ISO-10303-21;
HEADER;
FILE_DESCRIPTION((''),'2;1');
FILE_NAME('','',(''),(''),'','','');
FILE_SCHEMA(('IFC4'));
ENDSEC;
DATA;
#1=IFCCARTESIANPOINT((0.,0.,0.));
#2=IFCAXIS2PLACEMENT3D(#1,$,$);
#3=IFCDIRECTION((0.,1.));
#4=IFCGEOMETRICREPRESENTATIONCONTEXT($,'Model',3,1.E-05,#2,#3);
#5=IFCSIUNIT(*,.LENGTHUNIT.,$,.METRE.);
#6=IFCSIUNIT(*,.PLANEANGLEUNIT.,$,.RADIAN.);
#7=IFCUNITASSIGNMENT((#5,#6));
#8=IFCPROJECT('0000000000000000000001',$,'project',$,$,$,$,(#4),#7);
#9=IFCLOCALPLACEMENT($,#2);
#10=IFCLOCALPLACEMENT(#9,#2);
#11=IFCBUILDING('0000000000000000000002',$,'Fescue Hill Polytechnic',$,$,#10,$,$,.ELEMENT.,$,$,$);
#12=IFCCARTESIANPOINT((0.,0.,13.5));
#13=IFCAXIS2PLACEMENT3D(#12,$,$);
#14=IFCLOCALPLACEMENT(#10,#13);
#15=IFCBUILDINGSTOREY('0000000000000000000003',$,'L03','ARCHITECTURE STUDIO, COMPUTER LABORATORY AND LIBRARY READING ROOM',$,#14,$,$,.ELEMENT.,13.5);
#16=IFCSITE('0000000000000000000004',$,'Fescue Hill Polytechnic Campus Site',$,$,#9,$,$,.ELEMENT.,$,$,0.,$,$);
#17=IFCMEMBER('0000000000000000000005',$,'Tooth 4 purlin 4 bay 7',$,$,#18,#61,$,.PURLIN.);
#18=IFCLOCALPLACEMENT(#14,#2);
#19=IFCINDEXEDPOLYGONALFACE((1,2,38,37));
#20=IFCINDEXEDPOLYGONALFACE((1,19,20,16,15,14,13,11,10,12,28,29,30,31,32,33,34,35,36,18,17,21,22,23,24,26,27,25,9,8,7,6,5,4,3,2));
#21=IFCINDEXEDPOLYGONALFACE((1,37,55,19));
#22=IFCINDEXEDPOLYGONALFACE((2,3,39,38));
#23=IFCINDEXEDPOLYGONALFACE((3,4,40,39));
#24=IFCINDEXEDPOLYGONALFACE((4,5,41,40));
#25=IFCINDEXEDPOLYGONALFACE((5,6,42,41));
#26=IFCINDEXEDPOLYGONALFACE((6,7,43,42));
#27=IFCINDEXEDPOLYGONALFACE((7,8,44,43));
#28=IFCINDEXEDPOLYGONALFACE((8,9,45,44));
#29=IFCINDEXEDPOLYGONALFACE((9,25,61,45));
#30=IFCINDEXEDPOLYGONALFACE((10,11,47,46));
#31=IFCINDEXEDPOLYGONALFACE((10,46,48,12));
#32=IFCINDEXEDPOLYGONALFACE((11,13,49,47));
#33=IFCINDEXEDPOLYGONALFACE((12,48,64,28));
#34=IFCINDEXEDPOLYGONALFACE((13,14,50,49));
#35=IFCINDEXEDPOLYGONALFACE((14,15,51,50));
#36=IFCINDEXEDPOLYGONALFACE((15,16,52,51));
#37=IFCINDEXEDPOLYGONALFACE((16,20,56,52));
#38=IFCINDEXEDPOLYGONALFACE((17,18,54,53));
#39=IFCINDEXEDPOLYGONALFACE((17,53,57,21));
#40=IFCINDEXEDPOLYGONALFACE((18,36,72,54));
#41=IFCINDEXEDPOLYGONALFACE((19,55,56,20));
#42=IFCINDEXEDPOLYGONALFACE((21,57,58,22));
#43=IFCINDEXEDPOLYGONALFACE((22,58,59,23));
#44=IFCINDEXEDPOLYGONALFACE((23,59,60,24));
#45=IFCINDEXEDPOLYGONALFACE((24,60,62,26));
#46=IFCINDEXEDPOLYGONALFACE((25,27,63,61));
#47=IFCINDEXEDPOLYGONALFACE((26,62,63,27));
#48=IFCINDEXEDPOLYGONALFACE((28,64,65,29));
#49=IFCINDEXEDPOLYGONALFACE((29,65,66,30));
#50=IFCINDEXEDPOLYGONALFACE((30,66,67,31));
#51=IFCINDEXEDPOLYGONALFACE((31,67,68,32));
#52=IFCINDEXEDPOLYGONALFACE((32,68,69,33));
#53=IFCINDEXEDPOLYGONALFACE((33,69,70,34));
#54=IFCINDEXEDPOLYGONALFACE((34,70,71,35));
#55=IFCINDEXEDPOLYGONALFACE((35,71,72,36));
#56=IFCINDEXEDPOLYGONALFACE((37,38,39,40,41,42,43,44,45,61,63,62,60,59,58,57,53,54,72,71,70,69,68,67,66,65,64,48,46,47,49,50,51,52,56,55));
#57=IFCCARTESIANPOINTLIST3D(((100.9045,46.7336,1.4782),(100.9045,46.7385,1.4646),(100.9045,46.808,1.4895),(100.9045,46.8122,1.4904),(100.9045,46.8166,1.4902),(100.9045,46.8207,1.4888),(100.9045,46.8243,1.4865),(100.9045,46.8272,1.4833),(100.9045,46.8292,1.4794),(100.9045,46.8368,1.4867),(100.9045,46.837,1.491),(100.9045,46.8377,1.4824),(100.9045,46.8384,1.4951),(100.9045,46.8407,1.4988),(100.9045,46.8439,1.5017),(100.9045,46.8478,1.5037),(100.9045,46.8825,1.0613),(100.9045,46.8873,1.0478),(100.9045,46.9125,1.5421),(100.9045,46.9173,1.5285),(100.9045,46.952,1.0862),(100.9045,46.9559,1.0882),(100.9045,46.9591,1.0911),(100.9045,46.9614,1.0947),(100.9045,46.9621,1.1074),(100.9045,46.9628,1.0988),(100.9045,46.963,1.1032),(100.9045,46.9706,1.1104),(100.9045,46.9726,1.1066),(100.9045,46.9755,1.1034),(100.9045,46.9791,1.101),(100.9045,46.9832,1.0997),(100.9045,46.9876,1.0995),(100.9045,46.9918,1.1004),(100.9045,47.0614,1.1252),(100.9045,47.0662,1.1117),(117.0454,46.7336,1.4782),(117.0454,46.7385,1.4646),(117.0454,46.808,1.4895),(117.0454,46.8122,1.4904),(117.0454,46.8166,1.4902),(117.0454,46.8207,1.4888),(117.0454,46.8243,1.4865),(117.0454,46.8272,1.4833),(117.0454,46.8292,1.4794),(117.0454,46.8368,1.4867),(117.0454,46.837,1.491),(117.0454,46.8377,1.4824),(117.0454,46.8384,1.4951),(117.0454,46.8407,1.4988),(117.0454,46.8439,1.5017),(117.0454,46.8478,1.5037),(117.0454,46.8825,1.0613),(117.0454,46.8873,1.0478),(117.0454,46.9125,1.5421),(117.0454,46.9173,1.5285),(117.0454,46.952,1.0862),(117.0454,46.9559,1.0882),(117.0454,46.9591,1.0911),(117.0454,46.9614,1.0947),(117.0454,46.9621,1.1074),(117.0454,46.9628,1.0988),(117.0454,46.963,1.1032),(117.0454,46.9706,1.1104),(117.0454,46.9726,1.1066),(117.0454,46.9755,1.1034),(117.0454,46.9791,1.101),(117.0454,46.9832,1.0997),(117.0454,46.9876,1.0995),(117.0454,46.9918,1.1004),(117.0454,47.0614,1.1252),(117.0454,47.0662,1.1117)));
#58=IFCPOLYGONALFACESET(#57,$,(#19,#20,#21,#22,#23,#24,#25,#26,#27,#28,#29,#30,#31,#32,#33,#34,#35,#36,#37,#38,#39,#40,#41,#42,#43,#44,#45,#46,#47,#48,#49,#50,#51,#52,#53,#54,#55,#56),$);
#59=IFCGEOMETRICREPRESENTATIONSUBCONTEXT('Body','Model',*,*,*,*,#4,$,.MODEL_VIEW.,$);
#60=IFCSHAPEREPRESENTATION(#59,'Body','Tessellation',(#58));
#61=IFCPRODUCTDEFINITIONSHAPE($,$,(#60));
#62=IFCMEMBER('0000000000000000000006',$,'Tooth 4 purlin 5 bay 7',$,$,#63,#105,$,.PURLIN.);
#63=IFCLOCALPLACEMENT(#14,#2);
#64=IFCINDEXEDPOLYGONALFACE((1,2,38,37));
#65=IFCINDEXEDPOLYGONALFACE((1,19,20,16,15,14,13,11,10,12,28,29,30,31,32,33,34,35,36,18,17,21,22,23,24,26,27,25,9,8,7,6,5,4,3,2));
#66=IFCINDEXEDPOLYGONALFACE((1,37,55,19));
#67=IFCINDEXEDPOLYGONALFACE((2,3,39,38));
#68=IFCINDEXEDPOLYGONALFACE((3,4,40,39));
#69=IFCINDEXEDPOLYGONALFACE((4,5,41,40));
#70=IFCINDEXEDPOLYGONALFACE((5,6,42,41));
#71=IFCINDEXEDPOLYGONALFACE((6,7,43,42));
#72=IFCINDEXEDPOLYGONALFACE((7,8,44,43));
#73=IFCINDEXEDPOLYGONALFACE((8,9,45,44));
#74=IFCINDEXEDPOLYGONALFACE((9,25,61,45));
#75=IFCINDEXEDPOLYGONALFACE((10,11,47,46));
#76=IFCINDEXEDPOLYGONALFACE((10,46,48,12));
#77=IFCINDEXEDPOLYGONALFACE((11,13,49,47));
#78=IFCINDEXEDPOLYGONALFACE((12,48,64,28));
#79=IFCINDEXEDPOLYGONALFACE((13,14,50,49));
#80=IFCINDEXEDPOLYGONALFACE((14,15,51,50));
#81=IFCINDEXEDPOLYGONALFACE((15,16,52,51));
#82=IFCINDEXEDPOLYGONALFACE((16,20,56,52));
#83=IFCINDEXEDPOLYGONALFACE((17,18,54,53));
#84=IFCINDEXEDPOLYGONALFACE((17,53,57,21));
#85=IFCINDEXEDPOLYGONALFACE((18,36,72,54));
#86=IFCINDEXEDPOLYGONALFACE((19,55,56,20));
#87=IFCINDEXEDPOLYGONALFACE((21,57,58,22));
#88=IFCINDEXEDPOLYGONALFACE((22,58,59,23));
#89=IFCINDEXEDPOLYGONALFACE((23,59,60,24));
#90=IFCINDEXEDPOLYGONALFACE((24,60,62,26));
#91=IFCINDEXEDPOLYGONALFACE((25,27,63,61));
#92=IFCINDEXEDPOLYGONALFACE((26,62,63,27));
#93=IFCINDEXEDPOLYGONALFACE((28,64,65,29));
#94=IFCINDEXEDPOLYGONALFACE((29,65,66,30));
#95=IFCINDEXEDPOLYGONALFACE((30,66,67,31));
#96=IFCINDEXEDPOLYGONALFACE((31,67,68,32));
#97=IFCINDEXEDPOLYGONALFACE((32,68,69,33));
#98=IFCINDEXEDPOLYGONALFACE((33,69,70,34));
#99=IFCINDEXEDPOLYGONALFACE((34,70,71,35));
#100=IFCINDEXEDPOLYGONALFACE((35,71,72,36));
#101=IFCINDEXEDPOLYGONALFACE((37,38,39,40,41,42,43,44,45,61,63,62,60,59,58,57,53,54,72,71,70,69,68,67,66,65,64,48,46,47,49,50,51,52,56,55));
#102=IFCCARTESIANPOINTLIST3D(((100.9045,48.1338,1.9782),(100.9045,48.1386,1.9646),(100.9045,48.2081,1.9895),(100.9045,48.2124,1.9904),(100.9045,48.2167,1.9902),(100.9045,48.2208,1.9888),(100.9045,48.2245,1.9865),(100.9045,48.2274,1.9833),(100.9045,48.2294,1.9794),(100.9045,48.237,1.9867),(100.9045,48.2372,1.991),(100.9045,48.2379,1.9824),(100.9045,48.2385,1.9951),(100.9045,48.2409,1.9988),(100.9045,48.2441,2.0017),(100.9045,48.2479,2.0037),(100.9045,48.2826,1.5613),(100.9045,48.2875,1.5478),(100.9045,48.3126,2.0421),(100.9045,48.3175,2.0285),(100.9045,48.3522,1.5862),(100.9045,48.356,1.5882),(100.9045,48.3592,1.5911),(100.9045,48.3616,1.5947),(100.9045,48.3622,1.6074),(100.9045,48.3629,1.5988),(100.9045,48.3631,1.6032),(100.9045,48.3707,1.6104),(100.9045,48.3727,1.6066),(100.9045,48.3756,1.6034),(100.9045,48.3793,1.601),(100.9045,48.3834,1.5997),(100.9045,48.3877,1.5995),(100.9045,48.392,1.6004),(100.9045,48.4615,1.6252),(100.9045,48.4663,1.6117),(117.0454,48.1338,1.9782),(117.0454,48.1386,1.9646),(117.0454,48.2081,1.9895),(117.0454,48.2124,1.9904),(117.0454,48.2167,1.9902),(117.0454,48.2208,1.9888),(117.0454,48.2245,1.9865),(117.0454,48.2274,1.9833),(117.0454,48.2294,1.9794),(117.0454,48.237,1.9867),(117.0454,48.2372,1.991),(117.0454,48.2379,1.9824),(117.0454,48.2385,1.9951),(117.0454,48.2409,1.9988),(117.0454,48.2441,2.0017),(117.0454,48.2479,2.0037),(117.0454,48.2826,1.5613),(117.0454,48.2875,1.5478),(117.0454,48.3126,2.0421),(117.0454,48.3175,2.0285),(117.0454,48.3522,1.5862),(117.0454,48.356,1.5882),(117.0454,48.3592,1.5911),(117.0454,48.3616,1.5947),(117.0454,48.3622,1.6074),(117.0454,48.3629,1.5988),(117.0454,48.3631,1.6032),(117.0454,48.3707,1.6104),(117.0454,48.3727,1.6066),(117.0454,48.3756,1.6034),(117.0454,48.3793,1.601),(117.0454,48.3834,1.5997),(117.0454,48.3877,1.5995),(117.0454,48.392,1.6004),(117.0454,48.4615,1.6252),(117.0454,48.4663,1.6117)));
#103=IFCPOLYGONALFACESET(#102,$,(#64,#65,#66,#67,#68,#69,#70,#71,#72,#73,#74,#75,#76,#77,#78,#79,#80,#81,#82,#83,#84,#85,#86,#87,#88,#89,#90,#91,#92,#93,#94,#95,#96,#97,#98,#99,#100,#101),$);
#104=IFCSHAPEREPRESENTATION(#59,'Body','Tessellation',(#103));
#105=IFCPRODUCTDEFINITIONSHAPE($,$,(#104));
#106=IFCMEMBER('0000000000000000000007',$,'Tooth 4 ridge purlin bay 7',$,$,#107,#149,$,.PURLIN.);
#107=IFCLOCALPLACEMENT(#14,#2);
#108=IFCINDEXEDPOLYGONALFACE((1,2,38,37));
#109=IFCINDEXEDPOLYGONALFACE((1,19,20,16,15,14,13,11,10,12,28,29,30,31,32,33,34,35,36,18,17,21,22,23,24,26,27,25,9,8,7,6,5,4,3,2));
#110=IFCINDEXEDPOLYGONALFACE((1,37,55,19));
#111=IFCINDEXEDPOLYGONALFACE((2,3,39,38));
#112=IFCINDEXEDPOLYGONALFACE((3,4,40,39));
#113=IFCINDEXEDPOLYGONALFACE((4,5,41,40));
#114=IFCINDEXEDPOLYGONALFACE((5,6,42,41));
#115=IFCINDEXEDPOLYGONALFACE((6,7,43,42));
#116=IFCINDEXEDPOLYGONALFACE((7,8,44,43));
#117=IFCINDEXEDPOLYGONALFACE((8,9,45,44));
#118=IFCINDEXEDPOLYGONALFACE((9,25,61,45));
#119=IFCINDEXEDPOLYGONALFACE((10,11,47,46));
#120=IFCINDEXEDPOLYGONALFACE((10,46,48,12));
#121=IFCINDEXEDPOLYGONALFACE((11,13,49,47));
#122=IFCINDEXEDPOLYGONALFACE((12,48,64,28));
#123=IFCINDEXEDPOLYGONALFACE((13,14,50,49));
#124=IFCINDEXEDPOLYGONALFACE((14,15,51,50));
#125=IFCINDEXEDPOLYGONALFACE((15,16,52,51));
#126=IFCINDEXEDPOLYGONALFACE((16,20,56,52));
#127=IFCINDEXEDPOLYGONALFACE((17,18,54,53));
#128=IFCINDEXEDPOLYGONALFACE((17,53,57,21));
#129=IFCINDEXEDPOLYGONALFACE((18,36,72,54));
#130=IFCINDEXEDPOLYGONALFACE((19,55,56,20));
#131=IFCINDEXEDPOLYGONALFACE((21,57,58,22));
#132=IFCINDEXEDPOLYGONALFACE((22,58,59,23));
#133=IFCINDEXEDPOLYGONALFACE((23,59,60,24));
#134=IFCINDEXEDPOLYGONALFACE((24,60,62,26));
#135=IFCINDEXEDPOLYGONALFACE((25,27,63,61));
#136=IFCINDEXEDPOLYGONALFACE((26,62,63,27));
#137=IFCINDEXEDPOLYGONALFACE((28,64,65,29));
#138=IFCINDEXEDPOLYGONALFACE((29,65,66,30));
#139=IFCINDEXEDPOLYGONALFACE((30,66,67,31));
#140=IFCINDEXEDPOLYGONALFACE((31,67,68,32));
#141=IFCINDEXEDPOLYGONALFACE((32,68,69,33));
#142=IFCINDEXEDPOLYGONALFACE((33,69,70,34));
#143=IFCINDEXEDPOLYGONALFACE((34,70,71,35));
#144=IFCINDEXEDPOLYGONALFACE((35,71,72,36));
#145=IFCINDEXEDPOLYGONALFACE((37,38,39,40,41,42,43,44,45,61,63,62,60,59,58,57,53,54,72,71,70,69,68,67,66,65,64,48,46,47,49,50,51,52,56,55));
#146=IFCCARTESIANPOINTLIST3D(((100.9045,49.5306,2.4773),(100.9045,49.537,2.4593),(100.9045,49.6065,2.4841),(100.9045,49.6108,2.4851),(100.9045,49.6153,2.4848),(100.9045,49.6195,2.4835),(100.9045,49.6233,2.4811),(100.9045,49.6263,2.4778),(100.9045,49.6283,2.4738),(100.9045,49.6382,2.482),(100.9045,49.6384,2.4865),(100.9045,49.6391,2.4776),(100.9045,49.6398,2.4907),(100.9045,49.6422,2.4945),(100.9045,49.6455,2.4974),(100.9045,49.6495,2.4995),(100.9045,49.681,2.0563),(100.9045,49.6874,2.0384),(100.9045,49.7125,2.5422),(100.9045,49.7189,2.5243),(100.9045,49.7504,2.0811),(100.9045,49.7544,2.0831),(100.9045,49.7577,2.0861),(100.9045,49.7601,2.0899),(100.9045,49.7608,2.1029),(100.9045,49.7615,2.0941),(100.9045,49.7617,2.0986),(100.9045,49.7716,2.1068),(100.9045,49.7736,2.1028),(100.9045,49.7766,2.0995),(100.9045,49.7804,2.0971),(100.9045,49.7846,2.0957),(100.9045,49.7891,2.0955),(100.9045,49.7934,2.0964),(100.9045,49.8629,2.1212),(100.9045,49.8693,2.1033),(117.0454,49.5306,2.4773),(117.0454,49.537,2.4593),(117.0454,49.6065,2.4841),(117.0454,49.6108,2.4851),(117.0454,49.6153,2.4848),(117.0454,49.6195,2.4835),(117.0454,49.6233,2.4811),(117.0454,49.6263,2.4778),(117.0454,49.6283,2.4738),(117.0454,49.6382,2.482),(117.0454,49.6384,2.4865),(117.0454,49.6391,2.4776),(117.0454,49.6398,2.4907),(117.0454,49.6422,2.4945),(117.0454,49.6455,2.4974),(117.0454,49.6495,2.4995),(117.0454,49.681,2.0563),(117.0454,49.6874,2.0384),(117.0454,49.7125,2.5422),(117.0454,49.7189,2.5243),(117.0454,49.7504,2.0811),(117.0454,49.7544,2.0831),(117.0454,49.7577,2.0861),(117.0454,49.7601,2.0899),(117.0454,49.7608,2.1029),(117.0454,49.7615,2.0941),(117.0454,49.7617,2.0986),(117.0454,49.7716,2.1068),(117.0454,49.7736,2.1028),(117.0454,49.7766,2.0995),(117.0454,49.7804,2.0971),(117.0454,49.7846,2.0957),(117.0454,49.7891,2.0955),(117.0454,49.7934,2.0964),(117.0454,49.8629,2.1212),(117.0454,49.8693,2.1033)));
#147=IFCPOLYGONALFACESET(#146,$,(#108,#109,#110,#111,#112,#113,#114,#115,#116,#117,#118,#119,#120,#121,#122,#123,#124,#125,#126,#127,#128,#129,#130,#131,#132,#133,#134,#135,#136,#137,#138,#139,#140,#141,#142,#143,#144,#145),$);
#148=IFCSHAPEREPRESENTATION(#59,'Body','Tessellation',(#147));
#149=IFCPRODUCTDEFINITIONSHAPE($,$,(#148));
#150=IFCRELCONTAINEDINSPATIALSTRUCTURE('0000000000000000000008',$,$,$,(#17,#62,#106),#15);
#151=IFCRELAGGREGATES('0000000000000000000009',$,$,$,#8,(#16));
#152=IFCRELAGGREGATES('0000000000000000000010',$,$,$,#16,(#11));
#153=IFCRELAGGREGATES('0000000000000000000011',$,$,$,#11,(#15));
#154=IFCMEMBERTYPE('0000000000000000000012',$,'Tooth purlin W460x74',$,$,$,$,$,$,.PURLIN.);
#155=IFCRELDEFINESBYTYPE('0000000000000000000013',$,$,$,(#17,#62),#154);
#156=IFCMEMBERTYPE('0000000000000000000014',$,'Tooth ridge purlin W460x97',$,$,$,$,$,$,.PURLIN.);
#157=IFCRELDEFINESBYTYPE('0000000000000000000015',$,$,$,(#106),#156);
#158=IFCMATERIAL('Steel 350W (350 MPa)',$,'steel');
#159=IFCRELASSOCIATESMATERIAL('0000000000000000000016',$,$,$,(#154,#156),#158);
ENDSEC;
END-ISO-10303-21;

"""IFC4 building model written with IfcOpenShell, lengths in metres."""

from ifc_helpers import new_model, si_unit, direction, frame, origin, origin_2d, place, context, subcontext, project, spatial, i_section, extrude, material, material_profile, profile_set, type_object, element, save


model = new_model("IFC4")

# Units and contexts
model_context = context("Model", 3, precision=1e-05, world=origin(), true_north=direction((0.0, 1.0)))
body_context = subcontext(model_context, "Body", "Model", "MODEL_VIEW")
ifc_project = project(units=[si_unit("LENGTHUNIT", "METRE"), si_unit("PLANEANGLEUNIT", "RADIAN")], contexts=[model_context])

# Site, building, storey
site_placement = place(None, origin())
site = spatial("IfcSite", under=ifc_project, at=site_placement, Name="Fescue Hill Polytechnic Campus Site", CompositionType="ELEMENT", RefElevation=0.0)
building_placement = place(site_placement, origin())
building = spatial("IfcBuilding", under=site, at=building_placement, Name="Fescue Hill Polytechnic", CompositionType="ELEMENT")
storey_placement = place(building_placement, frame((0.0, 0.0, 13.5)))
storey = spatial("IfcBuildingStorey", under=building, at=storey_placement, Name="L03", Description="ARCHITECTURE STUDIO, COMPUTER LABORATORY AND LIBRARY READING ROOM", CompositionType="ELEMENT", Elevation=13.5)

# Members
ifc_material_1 = material(Name="Steel 350W (350 MPa)", Category="steel")
ifc_material_profile_1 = material_profile(ifc_material_1, i_section(OverallWidth=0.1899, OverallDepth=0.457, WebThickness=0.009, FlangeThickness=0.0144, FilletRadius=0.0166, at=origin_2d()), Name="W460x74")
ifc_profile_set_1 = profile_set([ifc_material_profile_1], Name="Steel 350W (350 MPa)")
member_type_1 = type_object("IfcMemberType", Name="Tooth purlin W460x74", PredefinedType="PURLIN", material=ifc_profile_set_1)
for number, where, z_axis, x_axis, name in (
    (1, (100.9045, 46.8999, 1.2949), (1.0, 0.0, 0.0), (0.0, 0.941742, 0.336336), "Tooth 4 purlin 4 bay 7"),
    (2, (100.9045, 48.3, 1.7949), (1.0, 0.0, 0.0), (0.0, 0.941742, 0.336336), "Tooth 4 purlin 5 bay 7"),
):
    element("IfcMember", number, at=place(storey_placement, frame(where, z_axis=z_axis, x_axis=x_axis)), inside=storey, type_object=member_type_1, Name=name, PredefinedType="PURLIN", context=body_context, shape_type="SweptSolid", body=[
        extrude(i_section(OverallWidth=0.1899, OverallDepth=0.457, WebThickness=0.009, FlangeThickness=0.0144, FilletRadius=0.0166, at=origin_2d()), origin(), (0.0, 0.0, 1.0), 16.1409),
    ])
ifc_material_profile_2 = material_profile(ifc_material_1, i_section(OverallWidth=0.1931, OverallDepth=0.4661, WebThickness=0.0115, FlangeThickness=0.019, FilletRadius=0.0171, at=origin_2d()), Name="W460x97")
ifc_profile_set_2 = profile_set([ifc_material_profile_2], Name="Steel 350W (350 MPa)")
member_type_2 = type_object("IfcMemberType", Name="Tooth ridge purlin W460x97", PredefinedType="PURLIN", material=ifc_profile_set_2)
member_1_placement = place(storey_placement, frame((100.9045, 49.7, 2.2903), z_axis=(1.0, 0.0, 0.0), x_axis=(0.0, 0.941742, 0.336336)))
element("IfcMember", 3, at=member_1_placement, inside=storey, type_object=member_type_2, Name="Tooth 4 ridge purlin bay 7", PredefinedType="PURLIN", context=body_context, shape_type="SweptSolid", body=[
    extrude(i_section(OverallWidth=0.1931, OverallDepth=0.4661, WebThickness=0.0115, FlangeThickness=0.019, FilletRadius=0.0171, at=origin_2d()), origin(), (0.0, 0.0, 1.0), 16.1409),
])

save(model, "model.ifc")
